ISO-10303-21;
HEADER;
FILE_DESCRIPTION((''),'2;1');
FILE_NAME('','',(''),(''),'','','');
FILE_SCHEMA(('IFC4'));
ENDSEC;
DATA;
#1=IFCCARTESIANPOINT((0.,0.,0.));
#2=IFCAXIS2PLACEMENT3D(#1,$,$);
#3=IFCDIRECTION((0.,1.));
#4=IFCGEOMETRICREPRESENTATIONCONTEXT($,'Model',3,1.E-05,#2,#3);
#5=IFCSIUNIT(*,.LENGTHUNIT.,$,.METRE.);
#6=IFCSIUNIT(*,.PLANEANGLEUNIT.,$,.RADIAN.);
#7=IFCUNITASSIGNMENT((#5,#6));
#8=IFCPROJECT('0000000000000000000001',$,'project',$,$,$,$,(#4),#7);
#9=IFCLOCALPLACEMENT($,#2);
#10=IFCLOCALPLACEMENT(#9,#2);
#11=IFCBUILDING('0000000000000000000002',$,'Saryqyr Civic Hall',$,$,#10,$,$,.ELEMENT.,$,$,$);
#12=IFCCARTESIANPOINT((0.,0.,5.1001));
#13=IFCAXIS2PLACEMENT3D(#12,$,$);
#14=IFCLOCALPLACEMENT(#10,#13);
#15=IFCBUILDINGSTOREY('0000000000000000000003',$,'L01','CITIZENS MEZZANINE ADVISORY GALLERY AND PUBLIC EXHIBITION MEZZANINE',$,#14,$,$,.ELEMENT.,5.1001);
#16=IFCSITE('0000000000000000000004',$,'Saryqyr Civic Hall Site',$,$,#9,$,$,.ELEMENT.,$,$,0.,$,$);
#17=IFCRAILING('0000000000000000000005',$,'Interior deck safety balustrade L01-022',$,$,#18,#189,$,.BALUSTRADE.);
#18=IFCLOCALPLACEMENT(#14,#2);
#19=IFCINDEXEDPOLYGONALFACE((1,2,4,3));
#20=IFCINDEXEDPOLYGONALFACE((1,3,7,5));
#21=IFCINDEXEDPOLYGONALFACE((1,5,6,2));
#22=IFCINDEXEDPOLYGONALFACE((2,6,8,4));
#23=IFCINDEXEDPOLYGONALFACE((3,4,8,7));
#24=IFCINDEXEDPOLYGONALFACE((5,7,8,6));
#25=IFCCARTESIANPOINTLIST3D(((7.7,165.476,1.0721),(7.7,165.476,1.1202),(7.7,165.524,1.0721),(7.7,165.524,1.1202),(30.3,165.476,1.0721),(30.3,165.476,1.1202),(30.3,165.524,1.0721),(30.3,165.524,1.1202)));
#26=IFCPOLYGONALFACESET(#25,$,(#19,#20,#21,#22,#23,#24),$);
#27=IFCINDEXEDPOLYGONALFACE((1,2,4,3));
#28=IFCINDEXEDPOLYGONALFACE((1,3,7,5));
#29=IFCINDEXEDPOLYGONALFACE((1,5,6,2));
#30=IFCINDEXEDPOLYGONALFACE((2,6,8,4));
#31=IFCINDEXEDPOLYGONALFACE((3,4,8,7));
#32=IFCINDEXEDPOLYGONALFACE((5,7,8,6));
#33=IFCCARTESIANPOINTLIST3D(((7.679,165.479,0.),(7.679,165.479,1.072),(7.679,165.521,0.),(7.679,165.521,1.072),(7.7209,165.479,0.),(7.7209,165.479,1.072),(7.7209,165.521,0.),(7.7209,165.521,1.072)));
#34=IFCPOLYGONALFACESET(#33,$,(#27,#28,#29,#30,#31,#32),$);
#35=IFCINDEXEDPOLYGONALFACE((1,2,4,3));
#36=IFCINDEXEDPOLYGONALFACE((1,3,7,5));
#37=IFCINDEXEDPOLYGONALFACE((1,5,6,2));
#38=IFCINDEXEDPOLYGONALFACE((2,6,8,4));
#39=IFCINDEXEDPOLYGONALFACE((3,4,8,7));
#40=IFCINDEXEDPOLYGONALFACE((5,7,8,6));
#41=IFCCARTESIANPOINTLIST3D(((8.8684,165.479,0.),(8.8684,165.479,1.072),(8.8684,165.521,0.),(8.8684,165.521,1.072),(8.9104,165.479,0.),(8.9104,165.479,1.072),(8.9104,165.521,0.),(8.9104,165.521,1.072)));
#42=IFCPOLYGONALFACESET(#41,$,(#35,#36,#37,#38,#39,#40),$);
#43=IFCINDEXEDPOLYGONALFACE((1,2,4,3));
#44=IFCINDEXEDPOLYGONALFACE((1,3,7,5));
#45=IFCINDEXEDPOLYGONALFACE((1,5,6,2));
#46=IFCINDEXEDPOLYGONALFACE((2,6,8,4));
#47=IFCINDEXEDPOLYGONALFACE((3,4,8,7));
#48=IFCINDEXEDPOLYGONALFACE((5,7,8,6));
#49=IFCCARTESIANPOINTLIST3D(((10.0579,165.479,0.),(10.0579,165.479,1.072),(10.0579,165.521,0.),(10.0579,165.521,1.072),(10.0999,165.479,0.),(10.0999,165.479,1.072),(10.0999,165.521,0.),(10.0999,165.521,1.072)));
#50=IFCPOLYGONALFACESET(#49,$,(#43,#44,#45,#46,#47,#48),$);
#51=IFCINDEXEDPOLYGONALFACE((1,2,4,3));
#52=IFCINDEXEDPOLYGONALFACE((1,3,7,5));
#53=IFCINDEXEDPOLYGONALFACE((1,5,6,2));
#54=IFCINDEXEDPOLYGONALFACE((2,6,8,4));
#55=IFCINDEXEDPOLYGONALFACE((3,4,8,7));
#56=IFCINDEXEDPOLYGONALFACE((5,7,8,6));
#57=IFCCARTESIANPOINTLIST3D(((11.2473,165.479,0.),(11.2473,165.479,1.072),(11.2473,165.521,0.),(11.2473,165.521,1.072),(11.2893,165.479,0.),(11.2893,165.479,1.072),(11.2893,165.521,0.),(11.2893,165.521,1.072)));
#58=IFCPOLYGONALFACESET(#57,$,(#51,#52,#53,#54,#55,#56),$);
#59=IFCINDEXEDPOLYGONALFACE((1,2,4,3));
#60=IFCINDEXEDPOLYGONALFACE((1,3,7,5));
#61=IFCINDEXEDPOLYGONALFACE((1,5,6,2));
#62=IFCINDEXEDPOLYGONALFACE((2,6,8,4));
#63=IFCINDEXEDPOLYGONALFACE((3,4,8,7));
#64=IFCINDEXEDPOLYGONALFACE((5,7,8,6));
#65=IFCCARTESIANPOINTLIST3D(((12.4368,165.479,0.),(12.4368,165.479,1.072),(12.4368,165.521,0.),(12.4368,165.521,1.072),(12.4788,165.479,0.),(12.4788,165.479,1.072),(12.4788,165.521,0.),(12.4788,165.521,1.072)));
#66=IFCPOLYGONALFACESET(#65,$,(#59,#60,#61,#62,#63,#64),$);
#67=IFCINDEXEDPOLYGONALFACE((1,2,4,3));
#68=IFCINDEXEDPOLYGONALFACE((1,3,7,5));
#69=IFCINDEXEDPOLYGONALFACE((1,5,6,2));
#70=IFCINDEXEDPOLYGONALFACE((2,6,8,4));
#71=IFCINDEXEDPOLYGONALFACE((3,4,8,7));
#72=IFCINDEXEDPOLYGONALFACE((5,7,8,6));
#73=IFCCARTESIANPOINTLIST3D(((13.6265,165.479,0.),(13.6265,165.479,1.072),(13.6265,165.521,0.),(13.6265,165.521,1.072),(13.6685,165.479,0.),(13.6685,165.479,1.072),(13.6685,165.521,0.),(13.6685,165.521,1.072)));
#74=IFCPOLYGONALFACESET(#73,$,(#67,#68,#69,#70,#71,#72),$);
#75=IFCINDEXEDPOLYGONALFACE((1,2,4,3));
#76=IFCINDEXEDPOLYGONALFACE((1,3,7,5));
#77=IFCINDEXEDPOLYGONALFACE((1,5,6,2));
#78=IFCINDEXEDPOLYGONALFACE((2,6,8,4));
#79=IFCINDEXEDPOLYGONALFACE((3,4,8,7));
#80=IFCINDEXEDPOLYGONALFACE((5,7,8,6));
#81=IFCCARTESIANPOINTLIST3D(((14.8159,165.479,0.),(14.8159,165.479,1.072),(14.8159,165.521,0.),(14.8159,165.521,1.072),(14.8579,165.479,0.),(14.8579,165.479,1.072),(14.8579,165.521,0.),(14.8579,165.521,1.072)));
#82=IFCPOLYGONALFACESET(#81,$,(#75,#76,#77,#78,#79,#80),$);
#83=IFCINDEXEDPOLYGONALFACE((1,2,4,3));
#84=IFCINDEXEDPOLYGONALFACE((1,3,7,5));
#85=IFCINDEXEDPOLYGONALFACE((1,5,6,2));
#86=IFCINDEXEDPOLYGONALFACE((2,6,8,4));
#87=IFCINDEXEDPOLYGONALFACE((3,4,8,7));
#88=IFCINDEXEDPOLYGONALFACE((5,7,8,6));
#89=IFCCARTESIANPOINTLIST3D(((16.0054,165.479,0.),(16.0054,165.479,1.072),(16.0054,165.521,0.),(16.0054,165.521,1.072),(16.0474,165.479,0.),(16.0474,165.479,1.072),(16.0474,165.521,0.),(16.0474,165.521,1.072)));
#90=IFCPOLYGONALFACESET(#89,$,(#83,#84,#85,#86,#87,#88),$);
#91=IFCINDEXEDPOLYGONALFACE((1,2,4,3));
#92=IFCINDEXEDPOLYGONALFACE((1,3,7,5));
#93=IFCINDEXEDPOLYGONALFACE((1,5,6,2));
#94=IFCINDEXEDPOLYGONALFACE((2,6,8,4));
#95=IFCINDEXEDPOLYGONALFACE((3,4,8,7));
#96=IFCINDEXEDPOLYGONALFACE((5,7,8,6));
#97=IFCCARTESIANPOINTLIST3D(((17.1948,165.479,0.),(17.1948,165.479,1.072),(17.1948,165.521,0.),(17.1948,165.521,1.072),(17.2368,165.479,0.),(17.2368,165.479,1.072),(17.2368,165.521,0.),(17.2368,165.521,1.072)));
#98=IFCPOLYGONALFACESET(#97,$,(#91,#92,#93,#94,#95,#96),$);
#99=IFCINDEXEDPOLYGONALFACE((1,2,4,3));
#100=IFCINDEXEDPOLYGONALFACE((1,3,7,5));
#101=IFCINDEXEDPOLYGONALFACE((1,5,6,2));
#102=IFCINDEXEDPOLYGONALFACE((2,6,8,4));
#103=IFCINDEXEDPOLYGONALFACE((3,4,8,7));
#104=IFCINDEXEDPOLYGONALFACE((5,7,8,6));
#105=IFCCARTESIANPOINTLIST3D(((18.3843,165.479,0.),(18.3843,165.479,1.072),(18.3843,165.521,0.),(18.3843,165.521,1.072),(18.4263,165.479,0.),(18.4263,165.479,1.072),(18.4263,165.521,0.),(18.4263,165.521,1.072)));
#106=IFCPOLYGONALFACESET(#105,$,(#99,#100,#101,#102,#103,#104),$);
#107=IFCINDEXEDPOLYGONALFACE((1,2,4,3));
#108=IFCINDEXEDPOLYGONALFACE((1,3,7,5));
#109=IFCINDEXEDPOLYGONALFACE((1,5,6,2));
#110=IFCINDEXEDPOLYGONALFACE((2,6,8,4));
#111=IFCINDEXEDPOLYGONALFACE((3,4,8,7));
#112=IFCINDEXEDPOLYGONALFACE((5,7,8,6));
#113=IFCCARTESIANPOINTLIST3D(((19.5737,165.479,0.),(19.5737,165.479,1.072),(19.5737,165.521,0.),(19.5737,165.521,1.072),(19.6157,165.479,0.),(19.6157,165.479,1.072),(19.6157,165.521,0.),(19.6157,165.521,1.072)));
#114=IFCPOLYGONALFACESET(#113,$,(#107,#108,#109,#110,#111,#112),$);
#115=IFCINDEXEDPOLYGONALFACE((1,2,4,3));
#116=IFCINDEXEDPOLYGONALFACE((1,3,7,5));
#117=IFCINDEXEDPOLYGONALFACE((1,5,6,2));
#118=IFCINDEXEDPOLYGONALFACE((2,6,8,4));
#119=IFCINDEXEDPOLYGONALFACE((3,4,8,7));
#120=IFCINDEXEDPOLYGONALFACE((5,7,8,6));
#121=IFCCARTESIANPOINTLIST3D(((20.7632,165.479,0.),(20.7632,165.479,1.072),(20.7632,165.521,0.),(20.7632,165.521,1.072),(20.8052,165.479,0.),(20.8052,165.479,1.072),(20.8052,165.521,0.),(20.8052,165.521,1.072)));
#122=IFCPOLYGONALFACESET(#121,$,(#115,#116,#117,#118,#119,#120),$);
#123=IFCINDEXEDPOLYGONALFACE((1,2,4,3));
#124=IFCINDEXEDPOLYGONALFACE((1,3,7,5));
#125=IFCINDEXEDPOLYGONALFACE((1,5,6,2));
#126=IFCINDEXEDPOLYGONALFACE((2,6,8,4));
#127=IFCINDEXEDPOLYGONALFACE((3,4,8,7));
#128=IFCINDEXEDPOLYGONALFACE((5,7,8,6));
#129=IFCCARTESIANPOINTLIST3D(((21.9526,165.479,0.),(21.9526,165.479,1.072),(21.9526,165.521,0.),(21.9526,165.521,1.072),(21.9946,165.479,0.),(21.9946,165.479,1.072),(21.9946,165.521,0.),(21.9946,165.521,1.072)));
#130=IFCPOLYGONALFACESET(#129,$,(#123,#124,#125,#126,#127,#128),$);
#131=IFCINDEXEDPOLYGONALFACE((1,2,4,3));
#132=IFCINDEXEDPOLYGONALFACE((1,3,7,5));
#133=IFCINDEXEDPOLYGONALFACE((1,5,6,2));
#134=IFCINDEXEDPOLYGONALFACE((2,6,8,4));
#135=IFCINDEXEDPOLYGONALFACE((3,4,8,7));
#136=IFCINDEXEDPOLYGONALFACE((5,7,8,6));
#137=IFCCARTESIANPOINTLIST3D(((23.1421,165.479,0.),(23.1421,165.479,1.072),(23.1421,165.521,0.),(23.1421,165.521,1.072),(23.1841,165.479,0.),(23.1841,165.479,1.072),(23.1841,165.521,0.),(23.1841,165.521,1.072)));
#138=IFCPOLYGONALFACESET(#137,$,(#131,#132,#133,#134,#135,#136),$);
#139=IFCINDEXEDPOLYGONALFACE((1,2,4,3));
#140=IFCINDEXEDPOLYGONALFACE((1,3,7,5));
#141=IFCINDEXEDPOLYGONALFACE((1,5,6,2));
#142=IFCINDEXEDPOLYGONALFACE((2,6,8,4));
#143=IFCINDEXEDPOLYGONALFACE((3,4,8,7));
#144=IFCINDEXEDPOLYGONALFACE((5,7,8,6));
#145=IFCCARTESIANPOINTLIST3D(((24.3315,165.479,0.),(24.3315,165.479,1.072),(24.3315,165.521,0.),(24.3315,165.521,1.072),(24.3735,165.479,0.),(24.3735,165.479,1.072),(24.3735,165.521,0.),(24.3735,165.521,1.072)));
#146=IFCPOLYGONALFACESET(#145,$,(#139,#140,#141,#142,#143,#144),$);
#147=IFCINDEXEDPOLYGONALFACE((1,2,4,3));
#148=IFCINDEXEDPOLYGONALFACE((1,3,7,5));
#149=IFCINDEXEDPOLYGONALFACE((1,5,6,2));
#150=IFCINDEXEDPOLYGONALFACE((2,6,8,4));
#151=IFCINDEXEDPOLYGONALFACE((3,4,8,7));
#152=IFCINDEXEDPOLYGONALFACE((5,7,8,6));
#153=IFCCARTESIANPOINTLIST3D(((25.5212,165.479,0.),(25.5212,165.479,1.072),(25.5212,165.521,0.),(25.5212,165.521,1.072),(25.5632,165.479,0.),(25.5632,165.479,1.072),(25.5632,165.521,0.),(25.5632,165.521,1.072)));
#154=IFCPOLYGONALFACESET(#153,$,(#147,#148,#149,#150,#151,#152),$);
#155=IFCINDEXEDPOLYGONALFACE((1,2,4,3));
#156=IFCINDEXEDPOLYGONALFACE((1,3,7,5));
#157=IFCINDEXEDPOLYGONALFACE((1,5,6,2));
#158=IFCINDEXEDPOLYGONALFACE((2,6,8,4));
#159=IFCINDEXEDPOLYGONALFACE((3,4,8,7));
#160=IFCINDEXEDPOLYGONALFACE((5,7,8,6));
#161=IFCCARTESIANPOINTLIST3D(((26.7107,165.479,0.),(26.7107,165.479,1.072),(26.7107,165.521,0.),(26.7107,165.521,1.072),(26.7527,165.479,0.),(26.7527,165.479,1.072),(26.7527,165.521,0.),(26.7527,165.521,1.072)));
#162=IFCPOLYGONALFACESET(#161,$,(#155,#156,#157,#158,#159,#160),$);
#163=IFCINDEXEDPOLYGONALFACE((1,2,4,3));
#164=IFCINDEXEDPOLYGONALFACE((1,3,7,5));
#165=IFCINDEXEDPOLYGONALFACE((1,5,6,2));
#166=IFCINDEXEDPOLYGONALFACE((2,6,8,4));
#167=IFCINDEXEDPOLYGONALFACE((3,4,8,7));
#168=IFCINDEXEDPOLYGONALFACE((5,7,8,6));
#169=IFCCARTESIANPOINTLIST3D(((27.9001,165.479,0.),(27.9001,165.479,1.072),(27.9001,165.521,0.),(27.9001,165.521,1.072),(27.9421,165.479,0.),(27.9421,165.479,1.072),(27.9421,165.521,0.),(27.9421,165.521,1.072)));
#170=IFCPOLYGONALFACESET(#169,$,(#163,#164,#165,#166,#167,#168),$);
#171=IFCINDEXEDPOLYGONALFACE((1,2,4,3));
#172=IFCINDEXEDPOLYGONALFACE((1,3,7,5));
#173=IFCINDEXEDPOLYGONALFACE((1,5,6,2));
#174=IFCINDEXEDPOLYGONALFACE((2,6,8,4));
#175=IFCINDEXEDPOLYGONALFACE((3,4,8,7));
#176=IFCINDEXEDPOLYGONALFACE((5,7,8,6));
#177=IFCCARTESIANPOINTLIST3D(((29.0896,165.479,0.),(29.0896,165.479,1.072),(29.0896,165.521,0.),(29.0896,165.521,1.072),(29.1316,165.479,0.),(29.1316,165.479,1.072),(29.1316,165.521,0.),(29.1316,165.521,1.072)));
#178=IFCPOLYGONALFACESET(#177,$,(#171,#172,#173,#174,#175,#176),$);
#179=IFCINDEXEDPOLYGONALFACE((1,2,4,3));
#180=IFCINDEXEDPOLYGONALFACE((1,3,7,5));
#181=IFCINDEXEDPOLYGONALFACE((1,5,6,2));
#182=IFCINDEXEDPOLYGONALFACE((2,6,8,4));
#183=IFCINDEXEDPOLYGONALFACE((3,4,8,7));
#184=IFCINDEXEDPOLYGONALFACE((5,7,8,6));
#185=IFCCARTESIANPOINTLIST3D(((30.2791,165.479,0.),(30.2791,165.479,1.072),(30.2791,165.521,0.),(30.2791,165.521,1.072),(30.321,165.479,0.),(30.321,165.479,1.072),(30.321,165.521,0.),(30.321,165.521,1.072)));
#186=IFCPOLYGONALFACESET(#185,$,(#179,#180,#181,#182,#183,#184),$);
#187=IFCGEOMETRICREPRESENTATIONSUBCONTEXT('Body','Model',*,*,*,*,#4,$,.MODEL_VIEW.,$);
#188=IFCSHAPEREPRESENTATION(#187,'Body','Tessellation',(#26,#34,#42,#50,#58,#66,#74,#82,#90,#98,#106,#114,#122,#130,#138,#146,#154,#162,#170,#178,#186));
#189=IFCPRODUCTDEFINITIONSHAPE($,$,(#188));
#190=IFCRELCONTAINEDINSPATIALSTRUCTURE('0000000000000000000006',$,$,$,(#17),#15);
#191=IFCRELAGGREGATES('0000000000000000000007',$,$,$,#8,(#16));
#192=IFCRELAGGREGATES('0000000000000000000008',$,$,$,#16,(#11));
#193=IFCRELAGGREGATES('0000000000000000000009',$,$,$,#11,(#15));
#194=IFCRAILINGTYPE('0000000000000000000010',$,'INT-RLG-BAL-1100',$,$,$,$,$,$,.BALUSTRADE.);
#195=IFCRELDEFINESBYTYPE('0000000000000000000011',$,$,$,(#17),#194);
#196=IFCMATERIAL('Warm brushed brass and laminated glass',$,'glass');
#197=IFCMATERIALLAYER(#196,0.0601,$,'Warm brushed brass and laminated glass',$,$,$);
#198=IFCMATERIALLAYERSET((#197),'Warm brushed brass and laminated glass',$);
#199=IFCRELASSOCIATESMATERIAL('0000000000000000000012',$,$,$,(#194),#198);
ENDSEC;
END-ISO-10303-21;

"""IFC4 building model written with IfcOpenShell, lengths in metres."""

from ifc_helpers import new_model, si_unit, direction, frame, origin, origin_2d, place, context, subcontext, project, spatial, rectangle, extrude, material, layer, layer_set, type_object, element, save


model = new_model("IFC4")

# Units and contexts
model_context = context("Model", 3, precision=1e-05, world=origin(), true_north=direction((0.0, 1.0)))
body_context = subcontext(model_context, "Body", "Model", "MODEL_VIEW")
ifc_project = project(units=[si_unit("LENGTHUNIT", "METRE"), si_unit("PLANEANGLEUNIT", "RADIAN")], contexts=[model_context])

# Site, building, storey
site_placement = place(None, origin())
site = spatial("IfcSite", under=ifc_project, at=site_placement, Name="Saryqyr Civic Hall Site", CompositionType="ELEMENT", RefElevation=0.0)
building_placement = place(site_placement, origin())
building = spatial("IfcBuilding", under=site, at=building_placement, Name="Saryqyr Civic Hall", CompositionType="ELEMENT")
storey_placement = place(building_placement, frame((0.0, 0.0, 5.1001)))
storey = spatial("IfcBuildingStorey", under=building, at=storey_placement, Name="L01", Description="CITIZENS MEZZANINE ADVISORY GALLERY AND PUBLIC EXHIBITION MEZZANINE", CompositionType="ELEMENT", Elevation=5.1001)

# Railing
ifc_material_1 = material(Name="Warm brushed brass and laminated glass", Category="glass")
ifc_layer_1 = layer(ifc_material_1, 0.0601, Name="Warm brushed brass and laminated glass")
ifc_layer_set_1 = layer_set([ifc_layer_1], Name="Warm brushed brass and laminated glass")
railing_type = type_object("IfcRailingType", Name="INT-RLG-BAL-1100", PredefinedType="BALUSTRADE", material=ifc_layer_set_1)
railing_placement = place(storey_placement, frame((7.7, 165.5, 0.0)))
element("IfcRailing", 1, at=railing_placement, inside=storey, type_object=railing_type, Name="Interior deck safety balustrade L01-022", PredefinedType="BALUSTRADE", context=body_context, shape_type="SweptSolid", body=[
    extrude(rectangle(XDim=0.0481, YDim=0.0481, at=origin_2d()), frame((0.0, 0.0, 1.0962), z_axis=(1.0, 0.0, 0.0), x_axis=(0.0, 1.0, 0.0)), (0.0, 0.0, 1.0), 22.6001),
    extrude(rectangle(XDim=0.042, YDim=0.042, at=origin_2d()), origin(), (0.0, 0.0, 1.0), 1.072),
    extrude(rectangle(XDim=0.042, YDim=0.042, at=origin_2d()), frame((1.1895, 0.0, 0.0)), (0.0, 0.0, 1.0), 1.072),
    extrude(rectangle(XDim=0.042, YDim=0.042, at=origin_2d()), frame((2.3789, 0.0, 0.0)), (0.0, 0.0, 1.0), 1.072),
    extrude(rectangle(XDim=0.042, YDim=0.042, at=origin_2d()), frame((3.5684, 0.0, 0.0)), (0.0, 0.0, 1.0), 1.072),
    extrude(rectangle(XDim=0.042, YDim=0.042, at=origin_2d()), frame((4.7578, 0.0, 0.0)), (0.0, 0.0, 1.0), 1.072),
    extrude(rectangle(XDim=0.042, YDim=0.042, at=origin_2d()), frame((5.9475, 0.0, 0.0)), (0.0, 0.0, 1.0), 1.072),
    extrude(rectangle(XDim=0.042, YDim=0.042, at=origin_2d()), frame((7.137, 0.0, 0.0)), (0.0, 0.0, 1.0), 1.072),
    extrude(rectangle(XDim=0.042, YDim=0.042, at=origin_2d()), frame((8.3264, 0.0, 0.0)), (0.0, 0.0, 1.0), 1.072),
    extrude(rectangle(XDim=0.042, YDim=0.042, at=origin_2d()), frame((9.5159, 0.0, 0.0)), (0.0, 0.0, 1.0), 1.072),
    extrude(rectangle(XDim=0.042, YDim=0.042, at=origin_2d()), frame((10.7053, 0.0, 0.0)), (0.0, 0.0, 1.0), 1.072),
    extrude(rectangle(XDim=0.042, YDim=0.042, at=origin_2d()), frame((11.8948, 0.0, 0.0)), (0.0, 0.0, 1.0), 1.072),
    extrude(rectangle(XDim=0.042, YDim=0.042, at=origin_2d()), frame((13.0842, 0.0, 0.0)), (0.0, 0.0, 1.0), 1.072),
    extrude(rectangle(XDim=0.042, YDim=0.042, at=origin_2d()), frame((14.2737, 0.0, 0.0)), (0.0, 0.0, 1.0), 1.072),
    extrude(rectangle(XDim=0.042, YDim=0.042, at=origin_2d()), frame((15.4631, 0.0, 0.0)), (0.0, 0.0, 1.0), 1.072),
    extrude(rectangle(XDim=0.042, YDim=0.042, at=origin_2d()), frame((16.6526, 0.0, 0.0)), (0.0, 0.0, 1.0), 1.072),
    extrude(rectangle(XDim=0.042, YDim=0.042, at=origin_2d()), frame((17.8423, 0.0, 0.0)), (0.0, 0.0, 1.0), 1.072),
    extrude(rectangle(XDim=0.042, YDim=0.042, at=origin_2d()), frame((19.0317, 0.0, 0.0)), (0.0, 0.0, 1.0), 1.072),
    extrude(rectangle(XDim=0.042, YDim=0.042, at=origin_2d()), frame((20.2212, 0.0, 0.0)), (0.0, 0.0, 1.0), 1.072),
    extrude(rectangle(XDim=0.042, YDim=0.042, at=origin_2d()), frame((21.4106, 0.0, 0.0)), (0.0, 0.0, 1.0), 1.072),
    extrude(rectangle(XDim=0.042, YDim=0.042, at=origin_2d()), frame((22.6001, 0.0, 0.0)), (0.0, 0.0, 1.0), 1.072),
])

save(model, "model.ifc")
